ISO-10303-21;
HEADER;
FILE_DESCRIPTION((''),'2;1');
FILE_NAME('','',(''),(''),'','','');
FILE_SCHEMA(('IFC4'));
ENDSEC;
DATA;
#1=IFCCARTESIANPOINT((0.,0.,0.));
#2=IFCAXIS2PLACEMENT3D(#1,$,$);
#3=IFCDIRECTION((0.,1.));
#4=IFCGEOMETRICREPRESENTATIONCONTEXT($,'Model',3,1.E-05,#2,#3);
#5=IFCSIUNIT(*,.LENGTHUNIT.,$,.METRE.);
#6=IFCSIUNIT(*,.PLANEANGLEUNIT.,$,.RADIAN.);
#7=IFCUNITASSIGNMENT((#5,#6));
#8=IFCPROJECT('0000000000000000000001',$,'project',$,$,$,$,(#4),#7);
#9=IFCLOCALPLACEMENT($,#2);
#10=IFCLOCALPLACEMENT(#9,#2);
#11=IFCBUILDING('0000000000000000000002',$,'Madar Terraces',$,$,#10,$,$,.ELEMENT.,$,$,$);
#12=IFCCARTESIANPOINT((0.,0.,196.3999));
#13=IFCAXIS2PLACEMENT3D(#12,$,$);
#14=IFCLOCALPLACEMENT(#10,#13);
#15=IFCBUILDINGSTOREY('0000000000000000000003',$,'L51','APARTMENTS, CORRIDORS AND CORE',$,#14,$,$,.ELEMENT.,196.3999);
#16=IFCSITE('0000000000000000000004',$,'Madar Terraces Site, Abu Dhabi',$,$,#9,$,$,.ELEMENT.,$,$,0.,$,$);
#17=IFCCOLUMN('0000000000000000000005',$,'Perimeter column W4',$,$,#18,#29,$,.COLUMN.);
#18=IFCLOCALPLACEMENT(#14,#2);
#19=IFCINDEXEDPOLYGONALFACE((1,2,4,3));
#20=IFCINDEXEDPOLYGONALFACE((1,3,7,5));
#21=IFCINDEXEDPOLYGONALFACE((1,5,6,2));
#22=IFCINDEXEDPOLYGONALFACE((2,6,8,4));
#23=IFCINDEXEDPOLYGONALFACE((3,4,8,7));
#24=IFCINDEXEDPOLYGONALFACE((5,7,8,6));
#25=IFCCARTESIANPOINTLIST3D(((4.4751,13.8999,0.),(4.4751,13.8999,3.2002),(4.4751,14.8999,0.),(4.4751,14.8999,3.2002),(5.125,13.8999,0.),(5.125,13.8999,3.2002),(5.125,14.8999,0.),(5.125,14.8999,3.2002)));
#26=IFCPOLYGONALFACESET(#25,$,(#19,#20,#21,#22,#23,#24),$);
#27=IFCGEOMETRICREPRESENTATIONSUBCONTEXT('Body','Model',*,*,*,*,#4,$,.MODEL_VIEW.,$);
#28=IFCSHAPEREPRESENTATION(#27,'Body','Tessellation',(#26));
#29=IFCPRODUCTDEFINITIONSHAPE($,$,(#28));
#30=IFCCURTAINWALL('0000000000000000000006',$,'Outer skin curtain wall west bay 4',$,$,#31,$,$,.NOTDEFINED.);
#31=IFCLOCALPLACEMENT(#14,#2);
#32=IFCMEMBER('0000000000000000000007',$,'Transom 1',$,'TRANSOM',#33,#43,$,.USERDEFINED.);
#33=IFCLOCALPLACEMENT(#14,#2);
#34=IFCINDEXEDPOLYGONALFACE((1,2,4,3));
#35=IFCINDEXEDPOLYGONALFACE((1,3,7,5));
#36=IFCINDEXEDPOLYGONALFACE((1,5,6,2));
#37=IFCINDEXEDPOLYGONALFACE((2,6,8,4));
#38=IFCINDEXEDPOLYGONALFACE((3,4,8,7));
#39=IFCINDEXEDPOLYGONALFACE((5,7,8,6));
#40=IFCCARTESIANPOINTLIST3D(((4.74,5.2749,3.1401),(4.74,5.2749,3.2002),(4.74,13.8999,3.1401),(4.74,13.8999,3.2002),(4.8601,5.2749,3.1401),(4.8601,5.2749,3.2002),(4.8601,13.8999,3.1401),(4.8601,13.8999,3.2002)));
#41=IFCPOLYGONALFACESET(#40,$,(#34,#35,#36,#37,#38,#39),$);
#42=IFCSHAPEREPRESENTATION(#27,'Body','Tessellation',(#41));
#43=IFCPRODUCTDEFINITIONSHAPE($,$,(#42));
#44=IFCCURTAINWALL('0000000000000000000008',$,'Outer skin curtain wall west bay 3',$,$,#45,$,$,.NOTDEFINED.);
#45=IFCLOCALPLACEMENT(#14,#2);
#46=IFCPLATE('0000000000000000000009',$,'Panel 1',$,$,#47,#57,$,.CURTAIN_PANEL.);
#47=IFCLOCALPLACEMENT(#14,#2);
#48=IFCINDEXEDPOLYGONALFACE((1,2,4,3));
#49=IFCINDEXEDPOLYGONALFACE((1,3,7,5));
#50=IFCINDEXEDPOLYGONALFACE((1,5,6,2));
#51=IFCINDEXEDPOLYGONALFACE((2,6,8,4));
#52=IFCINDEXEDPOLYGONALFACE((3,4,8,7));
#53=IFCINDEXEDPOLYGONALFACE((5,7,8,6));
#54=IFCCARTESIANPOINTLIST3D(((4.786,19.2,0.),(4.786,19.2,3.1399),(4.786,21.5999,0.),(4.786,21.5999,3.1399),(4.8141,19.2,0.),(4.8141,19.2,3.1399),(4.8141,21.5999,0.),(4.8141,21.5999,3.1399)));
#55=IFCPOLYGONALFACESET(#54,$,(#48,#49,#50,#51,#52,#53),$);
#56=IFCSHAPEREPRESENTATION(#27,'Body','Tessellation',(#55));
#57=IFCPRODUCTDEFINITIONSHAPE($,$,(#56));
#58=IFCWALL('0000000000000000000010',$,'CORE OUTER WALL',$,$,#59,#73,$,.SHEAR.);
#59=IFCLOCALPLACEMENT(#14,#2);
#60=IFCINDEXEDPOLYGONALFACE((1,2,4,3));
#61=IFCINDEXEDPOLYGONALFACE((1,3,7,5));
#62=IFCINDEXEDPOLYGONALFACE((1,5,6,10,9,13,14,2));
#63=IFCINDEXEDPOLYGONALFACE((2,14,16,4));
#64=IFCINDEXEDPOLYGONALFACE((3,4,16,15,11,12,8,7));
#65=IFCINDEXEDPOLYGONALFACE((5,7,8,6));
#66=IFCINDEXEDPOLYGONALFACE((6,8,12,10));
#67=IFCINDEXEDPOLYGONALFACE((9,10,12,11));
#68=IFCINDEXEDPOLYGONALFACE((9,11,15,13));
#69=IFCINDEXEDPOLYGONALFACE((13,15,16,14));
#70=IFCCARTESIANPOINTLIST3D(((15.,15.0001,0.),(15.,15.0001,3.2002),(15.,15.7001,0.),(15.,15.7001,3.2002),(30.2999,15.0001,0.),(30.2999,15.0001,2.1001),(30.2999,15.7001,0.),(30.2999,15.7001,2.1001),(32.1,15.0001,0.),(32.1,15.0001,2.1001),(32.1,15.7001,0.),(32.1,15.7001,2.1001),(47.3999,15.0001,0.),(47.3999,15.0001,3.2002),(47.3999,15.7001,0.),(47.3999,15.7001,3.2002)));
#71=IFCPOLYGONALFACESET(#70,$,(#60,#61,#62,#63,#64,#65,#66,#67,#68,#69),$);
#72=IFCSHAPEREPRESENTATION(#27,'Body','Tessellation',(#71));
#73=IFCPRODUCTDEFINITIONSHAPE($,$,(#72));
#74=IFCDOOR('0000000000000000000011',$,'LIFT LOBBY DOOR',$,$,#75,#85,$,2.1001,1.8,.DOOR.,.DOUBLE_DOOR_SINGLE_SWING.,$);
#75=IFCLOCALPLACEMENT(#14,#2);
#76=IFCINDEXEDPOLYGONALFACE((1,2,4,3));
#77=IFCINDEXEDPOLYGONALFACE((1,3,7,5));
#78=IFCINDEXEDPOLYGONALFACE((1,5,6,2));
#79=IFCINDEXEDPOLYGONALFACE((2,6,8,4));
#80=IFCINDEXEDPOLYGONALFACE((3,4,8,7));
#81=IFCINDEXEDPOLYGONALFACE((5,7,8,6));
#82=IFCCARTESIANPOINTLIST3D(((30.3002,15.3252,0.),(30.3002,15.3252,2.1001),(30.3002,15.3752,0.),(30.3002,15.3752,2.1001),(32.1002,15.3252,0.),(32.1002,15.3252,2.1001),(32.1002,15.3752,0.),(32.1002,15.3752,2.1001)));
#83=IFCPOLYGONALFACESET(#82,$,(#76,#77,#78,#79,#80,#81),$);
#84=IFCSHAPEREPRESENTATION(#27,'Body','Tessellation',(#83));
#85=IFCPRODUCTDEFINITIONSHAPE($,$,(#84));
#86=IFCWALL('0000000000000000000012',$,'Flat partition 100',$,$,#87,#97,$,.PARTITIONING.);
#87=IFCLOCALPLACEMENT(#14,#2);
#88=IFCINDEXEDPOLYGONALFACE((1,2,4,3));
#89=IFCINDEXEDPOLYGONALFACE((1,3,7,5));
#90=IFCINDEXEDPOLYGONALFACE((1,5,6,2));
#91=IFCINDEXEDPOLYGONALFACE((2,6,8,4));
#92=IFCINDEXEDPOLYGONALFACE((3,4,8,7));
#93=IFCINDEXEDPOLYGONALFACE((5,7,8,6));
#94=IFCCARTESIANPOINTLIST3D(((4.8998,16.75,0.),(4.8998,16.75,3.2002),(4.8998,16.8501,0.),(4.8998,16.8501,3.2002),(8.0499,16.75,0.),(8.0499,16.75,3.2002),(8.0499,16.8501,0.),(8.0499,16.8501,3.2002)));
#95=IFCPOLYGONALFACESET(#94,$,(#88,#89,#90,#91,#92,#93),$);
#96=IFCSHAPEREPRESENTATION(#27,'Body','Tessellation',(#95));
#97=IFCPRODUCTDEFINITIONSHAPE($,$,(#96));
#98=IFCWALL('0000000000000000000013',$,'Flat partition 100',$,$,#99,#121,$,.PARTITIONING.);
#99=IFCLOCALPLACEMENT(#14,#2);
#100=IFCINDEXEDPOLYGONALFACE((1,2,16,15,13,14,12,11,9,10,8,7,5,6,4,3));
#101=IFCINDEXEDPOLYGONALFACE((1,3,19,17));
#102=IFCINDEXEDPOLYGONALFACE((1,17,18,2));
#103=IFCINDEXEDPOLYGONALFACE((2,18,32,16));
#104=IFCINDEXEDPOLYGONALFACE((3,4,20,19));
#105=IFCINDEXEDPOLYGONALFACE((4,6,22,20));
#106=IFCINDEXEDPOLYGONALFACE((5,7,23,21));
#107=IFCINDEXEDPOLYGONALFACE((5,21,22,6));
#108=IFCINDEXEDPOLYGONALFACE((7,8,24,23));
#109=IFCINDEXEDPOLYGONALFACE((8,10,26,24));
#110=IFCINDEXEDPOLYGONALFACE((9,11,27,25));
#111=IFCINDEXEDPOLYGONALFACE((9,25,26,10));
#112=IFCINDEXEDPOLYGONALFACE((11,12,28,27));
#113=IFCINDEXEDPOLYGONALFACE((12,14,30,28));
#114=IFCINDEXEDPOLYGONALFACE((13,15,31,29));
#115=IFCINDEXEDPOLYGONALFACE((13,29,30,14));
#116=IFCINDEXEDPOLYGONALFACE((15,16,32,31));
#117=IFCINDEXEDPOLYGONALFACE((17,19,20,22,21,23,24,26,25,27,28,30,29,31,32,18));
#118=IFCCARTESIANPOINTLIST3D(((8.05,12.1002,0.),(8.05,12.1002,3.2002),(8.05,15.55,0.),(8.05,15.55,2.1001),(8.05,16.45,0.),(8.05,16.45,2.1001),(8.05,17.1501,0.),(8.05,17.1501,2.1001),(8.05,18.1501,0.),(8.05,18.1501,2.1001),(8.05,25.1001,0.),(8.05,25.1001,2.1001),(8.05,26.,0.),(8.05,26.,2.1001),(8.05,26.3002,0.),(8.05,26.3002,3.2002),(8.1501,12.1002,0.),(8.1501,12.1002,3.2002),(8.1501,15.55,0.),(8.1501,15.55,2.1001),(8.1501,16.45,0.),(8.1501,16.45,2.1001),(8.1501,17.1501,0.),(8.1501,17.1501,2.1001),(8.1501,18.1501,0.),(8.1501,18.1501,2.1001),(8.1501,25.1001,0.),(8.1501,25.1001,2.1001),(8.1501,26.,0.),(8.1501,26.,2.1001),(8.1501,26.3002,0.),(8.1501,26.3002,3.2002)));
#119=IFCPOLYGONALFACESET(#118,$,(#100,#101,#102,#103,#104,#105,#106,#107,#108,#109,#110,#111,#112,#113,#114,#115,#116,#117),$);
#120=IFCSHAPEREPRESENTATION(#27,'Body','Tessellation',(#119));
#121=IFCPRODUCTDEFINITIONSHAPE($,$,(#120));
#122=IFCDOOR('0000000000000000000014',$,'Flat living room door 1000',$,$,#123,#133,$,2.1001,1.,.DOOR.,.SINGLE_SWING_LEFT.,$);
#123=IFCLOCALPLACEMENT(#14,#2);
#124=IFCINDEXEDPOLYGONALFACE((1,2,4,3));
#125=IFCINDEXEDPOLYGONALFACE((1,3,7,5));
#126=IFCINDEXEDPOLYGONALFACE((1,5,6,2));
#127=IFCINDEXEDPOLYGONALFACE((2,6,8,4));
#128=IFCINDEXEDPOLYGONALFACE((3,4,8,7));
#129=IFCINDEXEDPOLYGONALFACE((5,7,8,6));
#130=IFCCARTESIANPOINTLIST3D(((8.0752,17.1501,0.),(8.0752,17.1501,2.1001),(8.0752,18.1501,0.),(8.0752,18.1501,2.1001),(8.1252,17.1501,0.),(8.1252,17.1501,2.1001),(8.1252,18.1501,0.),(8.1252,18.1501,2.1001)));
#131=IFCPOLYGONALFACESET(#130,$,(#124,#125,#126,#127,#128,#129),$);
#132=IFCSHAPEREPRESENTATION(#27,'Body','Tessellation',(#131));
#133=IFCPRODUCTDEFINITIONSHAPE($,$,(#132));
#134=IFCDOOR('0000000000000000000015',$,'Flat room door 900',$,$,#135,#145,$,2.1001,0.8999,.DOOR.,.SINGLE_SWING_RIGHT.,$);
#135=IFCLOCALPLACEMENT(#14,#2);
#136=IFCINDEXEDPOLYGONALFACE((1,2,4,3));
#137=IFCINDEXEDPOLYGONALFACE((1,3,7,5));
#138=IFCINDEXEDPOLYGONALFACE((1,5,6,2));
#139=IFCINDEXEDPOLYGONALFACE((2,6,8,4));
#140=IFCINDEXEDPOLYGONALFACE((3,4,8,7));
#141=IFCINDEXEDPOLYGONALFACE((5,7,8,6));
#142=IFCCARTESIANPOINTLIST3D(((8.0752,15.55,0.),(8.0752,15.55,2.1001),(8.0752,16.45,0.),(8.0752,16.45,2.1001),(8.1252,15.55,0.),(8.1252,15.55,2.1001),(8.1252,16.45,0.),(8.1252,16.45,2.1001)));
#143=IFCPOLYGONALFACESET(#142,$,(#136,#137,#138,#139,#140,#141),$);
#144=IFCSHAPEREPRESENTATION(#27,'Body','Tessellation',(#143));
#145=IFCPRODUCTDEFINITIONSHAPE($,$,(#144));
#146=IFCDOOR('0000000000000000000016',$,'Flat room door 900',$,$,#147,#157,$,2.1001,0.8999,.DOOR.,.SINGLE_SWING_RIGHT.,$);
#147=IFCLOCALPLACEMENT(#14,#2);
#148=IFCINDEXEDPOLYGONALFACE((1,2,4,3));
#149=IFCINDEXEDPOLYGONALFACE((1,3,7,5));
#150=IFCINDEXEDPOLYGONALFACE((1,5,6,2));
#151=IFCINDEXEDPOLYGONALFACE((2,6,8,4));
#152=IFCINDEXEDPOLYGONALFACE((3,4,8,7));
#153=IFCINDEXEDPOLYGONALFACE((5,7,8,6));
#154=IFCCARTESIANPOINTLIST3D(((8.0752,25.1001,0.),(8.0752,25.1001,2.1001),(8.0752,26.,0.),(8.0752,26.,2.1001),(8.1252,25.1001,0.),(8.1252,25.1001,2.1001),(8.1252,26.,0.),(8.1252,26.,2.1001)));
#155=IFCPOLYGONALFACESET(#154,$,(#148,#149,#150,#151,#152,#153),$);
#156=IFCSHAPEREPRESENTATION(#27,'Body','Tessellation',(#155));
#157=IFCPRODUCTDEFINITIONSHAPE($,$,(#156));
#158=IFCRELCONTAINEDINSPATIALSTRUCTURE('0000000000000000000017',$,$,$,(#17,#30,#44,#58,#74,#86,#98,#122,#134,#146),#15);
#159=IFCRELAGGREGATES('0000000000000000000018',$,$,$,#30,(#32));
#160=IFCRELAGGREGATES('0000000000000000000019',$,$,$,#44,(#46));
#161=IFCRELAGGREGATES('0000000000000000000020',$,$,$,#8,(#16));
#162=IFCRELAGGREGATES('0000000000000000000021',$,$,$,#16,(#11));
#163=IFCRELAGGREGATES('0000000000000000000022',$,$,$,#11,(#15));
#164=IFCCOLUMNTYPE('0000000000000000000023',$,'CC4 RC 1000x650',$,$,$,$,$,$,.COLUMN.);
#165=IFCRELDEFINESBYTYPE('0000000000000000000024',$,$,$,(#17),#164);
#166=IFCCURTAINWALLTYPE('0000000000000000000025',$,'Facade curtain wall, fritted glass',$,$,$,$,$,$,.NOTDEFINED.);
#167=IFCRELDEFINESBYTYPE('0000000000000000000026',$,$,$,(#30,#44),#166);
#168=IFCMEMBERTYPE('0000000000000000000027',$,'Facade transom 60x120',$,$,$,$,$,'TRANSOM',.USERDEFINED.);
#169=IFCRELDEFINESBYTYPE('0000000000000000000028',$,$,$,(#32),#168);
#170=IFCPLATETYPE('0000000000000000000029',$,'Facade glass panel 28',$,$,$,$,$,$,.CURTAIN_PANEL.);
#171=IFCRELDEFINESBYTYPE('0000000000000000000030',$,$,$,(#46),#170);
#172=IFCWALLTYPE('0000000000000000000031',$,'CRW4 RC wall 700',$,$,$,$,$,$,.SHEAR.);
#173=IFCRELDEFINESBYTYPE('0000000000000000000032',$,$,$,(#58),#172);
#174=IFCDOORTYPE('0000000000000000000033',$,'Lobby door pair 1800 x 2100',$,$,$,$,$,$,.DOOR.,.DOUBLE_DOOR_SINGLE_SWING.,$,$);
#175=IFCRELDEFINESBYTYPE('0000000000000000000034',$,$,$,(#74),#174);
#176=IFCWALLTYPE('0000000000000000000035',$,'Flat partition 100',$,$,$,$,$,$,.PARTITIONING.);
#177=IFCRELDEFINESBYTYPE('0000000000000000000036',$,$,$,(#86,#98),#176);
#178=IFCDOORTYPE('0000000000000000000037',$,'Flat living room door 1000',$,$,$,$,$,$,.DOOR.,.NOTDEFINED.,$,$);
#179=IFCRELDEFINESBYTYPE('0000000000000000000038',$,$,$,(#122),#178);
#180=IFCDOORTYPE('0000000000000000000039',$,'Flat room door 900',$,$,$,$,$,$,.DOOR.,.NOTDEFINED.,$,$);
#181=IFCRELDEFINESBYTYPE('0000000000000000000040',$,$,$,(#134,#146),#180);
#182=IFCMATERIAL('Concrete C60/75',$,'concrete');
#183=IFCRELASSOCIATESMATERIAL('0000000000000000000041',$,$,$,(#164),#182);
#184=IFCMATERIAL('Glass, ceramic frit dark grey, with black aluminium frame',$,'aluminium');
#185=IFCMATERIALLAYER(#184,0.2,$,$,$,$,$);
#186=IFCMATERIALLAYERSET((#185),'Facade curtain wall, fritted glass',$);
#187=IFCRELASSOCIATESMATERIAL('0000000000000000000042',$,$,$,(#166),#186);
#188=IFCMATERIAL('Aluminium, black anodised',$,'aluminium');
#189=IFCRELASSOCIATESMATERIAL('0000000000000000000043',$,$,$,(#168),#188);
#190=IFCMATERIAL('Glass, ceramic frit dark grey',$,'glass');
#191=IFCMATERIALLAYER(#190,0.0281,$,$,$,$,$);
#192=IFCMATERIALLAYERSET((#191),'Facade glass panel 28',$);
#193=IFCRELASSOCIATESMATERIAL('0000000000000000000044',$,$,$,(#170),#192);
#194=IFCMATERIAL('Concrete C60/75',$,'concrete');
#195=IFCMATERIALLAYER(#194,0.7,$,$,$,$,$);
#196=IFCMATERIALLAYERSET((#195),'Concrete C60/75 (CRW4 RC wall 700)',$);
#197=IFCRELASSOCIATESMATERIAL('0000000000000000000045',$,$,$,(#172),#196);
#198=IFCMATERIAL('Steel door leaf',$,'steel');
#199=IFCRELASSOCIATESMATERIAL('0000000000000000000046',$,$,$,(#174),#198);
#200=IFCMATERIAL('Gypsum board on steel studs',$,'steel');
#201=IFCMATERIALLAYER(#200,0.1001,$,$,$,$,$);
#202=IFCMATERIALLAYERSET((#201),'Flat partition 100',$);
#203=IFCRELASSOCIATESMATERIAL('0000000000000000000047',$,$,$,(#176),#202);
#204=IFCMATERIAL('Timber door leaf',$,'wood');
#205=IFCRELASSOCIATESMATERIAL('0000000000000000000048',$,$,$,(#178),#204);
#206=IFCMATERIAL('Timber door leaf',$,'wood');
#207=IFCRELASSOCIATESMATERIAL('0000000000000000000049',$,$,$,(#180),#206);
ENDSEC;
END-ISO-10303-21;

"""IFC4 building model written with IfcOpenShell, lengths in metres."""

from ifc_helpers import new_model, si_unit, direction, frame, frame_2d, origin, origin_2d, place, context, subcontext, project, spatial, rectangle, extrude, material, layer, layer_set, material_profile, profile_set, type_object, element, fill, aggregate, save


model = new_model("IFC4")

# Units and contexts
model_context = context("Model", 3, precision=1e-05, world=origin(), true_north=direction((0.0, 1.0)))
body_context = subcontext(model_context, "Body", "Model", "MODEL_VIEW")
ifc_project = project(units=[si_unit("LENGTHUNIT", "METRE"), si_unit("PLANEANGLEUNIT", "RADIAN")], contexts=[model_context])

# Site, building, storey
site_placement = place(None, origin())
site = spatial("IfcSite", under=ifc_project, at=site_placement, Name="Madar Terraces Site, Abu Dhabi", CompositionType="ELEMENT", RefElevation=0.0)
building_placement = place(site_placement, origin())
building = spatial("IfcBuilding", under=site, at=building_placement, Name="Madar Terraces", CompositionType="ELEMENT")
storey_placement = place(building_placement, frame((0.0, 0.0, 196.3999)))
storey = spatial("IfcBuildingStorey", under=building, at=storey_placement, Name="L51", Description="APARTMENTS, CORRIDORS AND CORE", CompositionType="ELEMENT", Elevation=196.3999)

# Column
ifc_material_1 = material(Name="Concrete C60/75", Category="concrete")
ifc_material_profile_1 = material_profile(ifc_material_1, rectangle(XDim=1.0, YDim=0.6499, at=origin_2d()), Name="CC4 RC 1000x650")
ifc_profile_set_1 = profile_set([ifc_material_profile_1], Name="Concrete C60/75")
column_type = type_object("IfcColumnType", Name="CC4 RC 1000x650", PredefinedType="COLUMN", material=ifc_profile_set_1)
column_placement = place(storey_placement, frame((4.8, 14.3999, 0.0), z_axis=(0.0, 0.0, 1.0), x_axis=(0.0, 1.0, 0.0)))
element("IfcColumn", 1, at=column_placement, inside=storey, type_object=column_type, Name="Perimeter column W4", PredefinedType="COLUMN", context=body_context, shape_type="SweptSolid", body=[
    extrude(rectangle(XDim=1.0, YDim=0.6499, at=origin_2d()), origin(), (0.0, 0.0, 1.0), 3.2002),
])

# Curtain wall, member
ifc_material_2 = material(Name="Glass, ceramic frit dark grey, with black aluminium frame", Category="aluminium")
ifc_layer_1 = layer(ifc_material_2, 0.2)
ifc_layer_set_1 = layer_set([ifc_layer_1], Name="Facade curtain wall, fritted glass")
curtain_wall_type = type_object("IfcCurtainWallType", Name="Facade curtain wall, fritted glass", PredefinedType="NOTDEFINED", material=ifc_layer_set_1)
curtain_wall_1_placement = place(storey_placement, origin())
curtain_wall_1 = element("IfcCurtainWall", 2, at=curtain_wall_1_placement, inside=storey, type_object=curtain_wall_type, Name="Outer skin curtain wall west bay 4", PredefinedType="NOTDEFINED")
ifc_material_3 = material(Name="Aluminium, black anodised", Category="aluminium")
ifc_material_profile_2 = material_profile(ifc_material_3, rectangle(XDim=0.1201, YDim=0.0601, at=origin_2d()), Name="Facade transom 60x120")
ifc_profile_set_2 = profile_set([ifc_material_profile_2], Name="Aluminium, black anodised")
member_type = type_object("IfcMemberType", Name="Facade transom 60x120", ElementType="TRANSOM", PredefinedType="USERDEFINED", material=ifc_profile_set_2)
member_placement = place(storey_placement, frame((4.8, 13.8999, 3.1702), z_axis=(0.0, -1.0, 0.0), x_axis=(1.0, 0.0, 0.0)))
member = element("IfcMember", 3, at=member_placement, type_object=member_type, Name="Transom 1", ObjectType="TRANSOM", PredefinedType="USERDEFINED", context=body_context, shape_type="SweptSolid", body=[
    extrude(rectangle(XDim=0.1201, YDim=0.0601, at=origin_2d()), origin(), (0.0, 0.0, 1.0), 8.625),
])
aggregate(curtain_wall_1, [member])

# Curtain wall, plate
curtain_wall_2_placement = place(storey_placement, origin())
curtain_wall_2 = element("IfcCurtainWall", 4, at=curtain_wall_2_placement, inside=storey, type_object=curtain_wall_type, Name="Outer skin curtain wall west bay 3", PredefinedType="NOTDEFINED")
ifc_material_4 = material(Name="Glass, ceramic frit dark grey", Category="glass")
ifc_layer_2 = layer(ifc_material_4, 0.0281)
ifc_layer_set_2 = layer_set([ifc_layer_2], Name="Facade glass panel 28")
plate_type = type_object("IfcPlateType", Name="Facade glass panel 28", PredefinedType="CURTAIN_PANEL", material=ifc_layer_set_2)
plate_placement = place(storey_placement, frame((4.8, 20.3999, 0.0), z_axis=(0.0, 0.0, 1.0), x_axis=(0.0, -1.0, 0.0)))
plate = element("IfcPlate", 5, at=plate_placement, type_object=plate_type, Name="Panel 1", PredefinedType="CURTAIN_PANEL", context=body_context, shape_type="SweptSolid", body=[
    extrude(rectangle(XDim=2.3999, YDim=0.0281, at=origin_2d()), origin(), (0.0, 0.0, 1.0), 3.1399),
])
aggregate(curtain_wall_2, [plate])

# Wall, opening, door
ifc_material_5 = material(Name="Concrete C60/75", Category="concrete")
ifc_layer_3 = layer(ifc_material_5, 0.7)
ifc_layer_set_3 = layer_set([ifc_layer_3], Name="Concrete C60/75 (CRW4 RC wall 700)")
wall_type_1 = type_object("IfcWallType", Name="CRW4 RC wall 700", PredefinedType="SHEAR", material=ifc_layer_set_3)
wall_1_placement = place(storey_placement, frame((15.0, 15.3501, 0.0), z_axis=(0.0, 0.0, 1.0), x_axis=(1.0, 0.0, 0.0)))
wall_1 = element("IfcWall", 6, at=wall_1_placement, inside=storey, type_object=wall_type_1, Name="CORE OUTER WALL", PredefinedType="SHEAR", context=body_context, shape_type="SweptSolid", body=[
    extrude(rectangle(XDim=32.3999, YDim=0.7, at=frame_2d((16.2, 0.0))), origin(), (0.0, 0.0, 1.0), 3.2002),
])
opening_1_placement = place(wall_1_placement, frame((15.3, 0.0, 0.0)))
opening_1 = element("IfcOpeningElement", 7, at=opening_1_placement, cuts=wall_1, PredefinedType="OPENING", context=body_context, shape_type="SweptSolid", body=[
    extrude(rectangle(XDim=1.8, YDim=2.1001, at=frame_2d((0.8999, 1.05))), frame((0.0, 0.3599, 0.0), z_axis=(0.0, -1.0, 0.0), x_axis=(1.0, 0.0, 0.0)), (0.0, 0.0, 1.0), 0.72),
])
ifc_material_6 = material(Name="Steel door leaf", Category="steel")
door_type_1 = type_object("IfcDoorType", Name="Lobby door pair 1800 x 2100", OperationType="DOUBLE_DOOR_SINGLE_SWING", PredefinedType="DOOR", material=ifc_material_6)
door_1_placement = place(opening_1_placement, frame((1.8, 0.0, 0.0), z_axis=(0.0, 0.0, 1.0), x_axis=(-1.0, 0.0, 0.0)))
door_1 = element("IfcDoor", 8, at=door_1_placement, inside=storey, type_object=door_type_1, Name="LIFT LOBBY DOOR", OperationType="DOUBLE_DOOR_SINGLE_SWING", OverallHeight=2.1001, OverallWidth=1.8, PredefinedType="DOOR", context=body_context, shape_type="SweptSolid", body=[
    extrude(rectangle(XDim=1.8, YDim=2.1001, at=frame_2d((0.8999, 1.05))), frame((0.0, 0.0249, 0.0), z_axis=(0.0, -1.0, 0.0), x_axis=(1.0, 0.0, 0.0)), (0.0, 0.0, 1.0), 0.05),
])
fill(opening_1, door_1)

# Wall
ifc_material_7 = material(Name="Gypsum board on steel studs", Category="steel")
ifc_layer_4 = layer(ifc_material_7, 0.1001)
ifc_layer_set_4 = layer_set([ifc_layer_4], Name="Flat partition 100")
wall_type_2 = type_object("IfcWallType", Name="Flat partition 100", PredefinedType="PARTITIONING", material=ifc_layer_set_4)
wall_2_placement = place(storey_placement, frame((8.05, 16.8, 0.0), z_axis=(0.0, 0.0, 1.0), x_axis=(-1.0, 0.0, 0.0)))
element("IfcWall", 9, at=wall_2_placement, inside=storey, type_object=wall_type_2, Name="Flat partition 100", PredefinedType="PARTITIONING", context=body_context, shape_type="SweptSolid", body=[
    extrude(rectangle(XDim=3.1501, YDim=0.1001, at=frame_2d((1.5752, 0.0))), origin(), (0.0, 0.0, 1.0), 3.2002),
])

# Wall, openings, doors
wall_3_placement = place(storey_placement, frame((8.1001, 12.1001, 0.0), z_axis=(0.0, 0.0, 1.0), x_axis=(0.0, 1.0, 0.0)))
wall_3 = element("IfcWall", 10, at=wall_3_placement, inside=storey, type_object=wall_type_2, Name="Flat partition 100", PredefinedType="PARTITIONING", context=body_context, shape_type="SweptSolid", body=[
    extrude(rectangle(XDim=14.2, YDim=0.1001, at=frame_2d((7.1001, 0.0))), origin(), (0.0, 0.0, 1.0), 3.2002),
])
opening_2_placement = place(wall_3_placement, frame((3.45, 0.0, 0.0)))
opening_2 = element("IfcOpeningElement", 11, at=opening_2_placement, cuts=wall_3, PredefinedType="OPENING", context=body_context, shape_type="SweptSolid", body=[
    extrude(rectangle(XDim=0.8999, YDim=2.1001, at=frame_2d((0.45, 1.05))), frame((0.0, 0.0601, 0.0), z_axis=(0.0, -1.0, 0.0), x_axis=(1.0, 0.0, 0.0)), (0.0, 0.0, 1.0), 0.1201),
])
opening_3_placement = place(wall_3_placement, frame((5.05, 0.0, 0.0)))
opening_3 = element("IfcOpeningElement", 12, at=opening_3_placement, cuts=wall_3, PredefinedType="OPENING", context=body_context, shape_type="SweptSolid", body=[
    extrude(rectangle(XDim=1.0, YDim=2.1001, at=frame_2d((0.5, 1.05))), frame((0.0, 0.0601, 0.0), z_axis=(0.0, -1.0, 0.0), x_axis=(1.0, 0.0, 0.0)), (0.0, 0.0, 1.0), 0.1201),
])
opening_4_placement = place(wall_3_placement, frame((13.0, 0.0, 0.0)))
opening_4 = element("IfcOpeningElement", 13, at=opening_4_placement, cuts=wall_3, PredefinedType="OPENING", context=body_context, shape_type="SweptSolid", body=[
    extrude(rectangle(XDim=0.8999, YDim=2.1001, at=frame_2d((0.45, 1.05))), frame((0.0, 0.0601, 0.0), z_axis=(0.0, -1.0, 0.0), x_axis=(1.0, 0.0, 0.0)), (0.0, 0.0, 1.0), 0.1201),
])
ifc_material_8 = material(Name="Timber door leaf", Category="wood")
door_type_2 = type_object("IfcDoorType", Name="Flat living room door 1000", OperationType="NOTDEFINED", PredefinedType="DOOR", material=ifc_material_8)
door_2_placement = place(opening_3_placement, origin())
door_2 = element("IfcDoor", 14, at=door_2_placement, inside=storey, type_object=door_type_2, Name="Flat living room door 1000", OperationType="SINGLE_SWING_LEFT", OverallHeight=2.1001, OverallWidth=1.0, PredefinedType="DOOR", context=body_context, shape_type="SweptSolid", body=[
    extrude(rectangle(XDim=1.0, YDim=2.1001, at=frame_2d((0.5, 1.05))), frame((0.0, 0.0249, 0.0), z_axis=(0.0, -1.0, 0.0), x_axis=(1.0, 0.0, 0.0)), (0.0, 0.0, 1.0), 0.05),
])
fill(opening_3, door_2)
ifc_material_9 = material(Name="Timber door leaf", Category="wood")
door_type_3 = type_object("IfcDoorType", Name="Flat room door 900", OperationType="NOTDEFINED", PredefinedType="DOOR", material=ifc_material_9)
door_3_placement = place(opening_2_placement, origin())
door_3 = element("IfcDoor", 15, at=door_3_placement, inside=storey, type_object=door_type_3, Name="Flat room door 900", OperationType="SINGLE_SWING_RIGHT", OverallHeight=2.1001, OverallWidth=0.8999, PredefinedType="DOOR", context=body_context, shape_type="SweptSolid", body=[
    extrude(rectangle(XDim=0.8999, YDim=2.1001, at=frame_2d((0.45, 1.05))), frame((0.0, 0.0249, 0.0), z_axis=(0.0, -1.0, 0.0), x_axis=(1.0, 0.0, 0.0)), (0.0, 0.0, 1.0), 0.05),
])
fill(opening_2, door_3)
door_4_placement = place(opening_4_placement, origin())
door_4 = element("IfcDoor", 16, at=door_4_placement, inside=storey, type_object=door_type_3, Name="Flat room door 900", OperationType="SINGLE_SWING_RIGHT", OverallHeight=2.1001, OverallWidth=0.8999, PredefinedType="DOOR", context=body_context, shape_type="SweptSolid", body=[
    extrude(rectangle(XDim=0.8999, YDim=2.1001, at=frame_2d((0.45, 1.05))), frame((0.0, 0.0249, 0.0), z_axis=(0.0, -1.0, 0.0), x_axis=(1.0, 0.0, 0.0)), (0.0, 0.0, 1.0), 0.05),
])
fill(opening_4, door_4)

save(model, "model.ifc")
